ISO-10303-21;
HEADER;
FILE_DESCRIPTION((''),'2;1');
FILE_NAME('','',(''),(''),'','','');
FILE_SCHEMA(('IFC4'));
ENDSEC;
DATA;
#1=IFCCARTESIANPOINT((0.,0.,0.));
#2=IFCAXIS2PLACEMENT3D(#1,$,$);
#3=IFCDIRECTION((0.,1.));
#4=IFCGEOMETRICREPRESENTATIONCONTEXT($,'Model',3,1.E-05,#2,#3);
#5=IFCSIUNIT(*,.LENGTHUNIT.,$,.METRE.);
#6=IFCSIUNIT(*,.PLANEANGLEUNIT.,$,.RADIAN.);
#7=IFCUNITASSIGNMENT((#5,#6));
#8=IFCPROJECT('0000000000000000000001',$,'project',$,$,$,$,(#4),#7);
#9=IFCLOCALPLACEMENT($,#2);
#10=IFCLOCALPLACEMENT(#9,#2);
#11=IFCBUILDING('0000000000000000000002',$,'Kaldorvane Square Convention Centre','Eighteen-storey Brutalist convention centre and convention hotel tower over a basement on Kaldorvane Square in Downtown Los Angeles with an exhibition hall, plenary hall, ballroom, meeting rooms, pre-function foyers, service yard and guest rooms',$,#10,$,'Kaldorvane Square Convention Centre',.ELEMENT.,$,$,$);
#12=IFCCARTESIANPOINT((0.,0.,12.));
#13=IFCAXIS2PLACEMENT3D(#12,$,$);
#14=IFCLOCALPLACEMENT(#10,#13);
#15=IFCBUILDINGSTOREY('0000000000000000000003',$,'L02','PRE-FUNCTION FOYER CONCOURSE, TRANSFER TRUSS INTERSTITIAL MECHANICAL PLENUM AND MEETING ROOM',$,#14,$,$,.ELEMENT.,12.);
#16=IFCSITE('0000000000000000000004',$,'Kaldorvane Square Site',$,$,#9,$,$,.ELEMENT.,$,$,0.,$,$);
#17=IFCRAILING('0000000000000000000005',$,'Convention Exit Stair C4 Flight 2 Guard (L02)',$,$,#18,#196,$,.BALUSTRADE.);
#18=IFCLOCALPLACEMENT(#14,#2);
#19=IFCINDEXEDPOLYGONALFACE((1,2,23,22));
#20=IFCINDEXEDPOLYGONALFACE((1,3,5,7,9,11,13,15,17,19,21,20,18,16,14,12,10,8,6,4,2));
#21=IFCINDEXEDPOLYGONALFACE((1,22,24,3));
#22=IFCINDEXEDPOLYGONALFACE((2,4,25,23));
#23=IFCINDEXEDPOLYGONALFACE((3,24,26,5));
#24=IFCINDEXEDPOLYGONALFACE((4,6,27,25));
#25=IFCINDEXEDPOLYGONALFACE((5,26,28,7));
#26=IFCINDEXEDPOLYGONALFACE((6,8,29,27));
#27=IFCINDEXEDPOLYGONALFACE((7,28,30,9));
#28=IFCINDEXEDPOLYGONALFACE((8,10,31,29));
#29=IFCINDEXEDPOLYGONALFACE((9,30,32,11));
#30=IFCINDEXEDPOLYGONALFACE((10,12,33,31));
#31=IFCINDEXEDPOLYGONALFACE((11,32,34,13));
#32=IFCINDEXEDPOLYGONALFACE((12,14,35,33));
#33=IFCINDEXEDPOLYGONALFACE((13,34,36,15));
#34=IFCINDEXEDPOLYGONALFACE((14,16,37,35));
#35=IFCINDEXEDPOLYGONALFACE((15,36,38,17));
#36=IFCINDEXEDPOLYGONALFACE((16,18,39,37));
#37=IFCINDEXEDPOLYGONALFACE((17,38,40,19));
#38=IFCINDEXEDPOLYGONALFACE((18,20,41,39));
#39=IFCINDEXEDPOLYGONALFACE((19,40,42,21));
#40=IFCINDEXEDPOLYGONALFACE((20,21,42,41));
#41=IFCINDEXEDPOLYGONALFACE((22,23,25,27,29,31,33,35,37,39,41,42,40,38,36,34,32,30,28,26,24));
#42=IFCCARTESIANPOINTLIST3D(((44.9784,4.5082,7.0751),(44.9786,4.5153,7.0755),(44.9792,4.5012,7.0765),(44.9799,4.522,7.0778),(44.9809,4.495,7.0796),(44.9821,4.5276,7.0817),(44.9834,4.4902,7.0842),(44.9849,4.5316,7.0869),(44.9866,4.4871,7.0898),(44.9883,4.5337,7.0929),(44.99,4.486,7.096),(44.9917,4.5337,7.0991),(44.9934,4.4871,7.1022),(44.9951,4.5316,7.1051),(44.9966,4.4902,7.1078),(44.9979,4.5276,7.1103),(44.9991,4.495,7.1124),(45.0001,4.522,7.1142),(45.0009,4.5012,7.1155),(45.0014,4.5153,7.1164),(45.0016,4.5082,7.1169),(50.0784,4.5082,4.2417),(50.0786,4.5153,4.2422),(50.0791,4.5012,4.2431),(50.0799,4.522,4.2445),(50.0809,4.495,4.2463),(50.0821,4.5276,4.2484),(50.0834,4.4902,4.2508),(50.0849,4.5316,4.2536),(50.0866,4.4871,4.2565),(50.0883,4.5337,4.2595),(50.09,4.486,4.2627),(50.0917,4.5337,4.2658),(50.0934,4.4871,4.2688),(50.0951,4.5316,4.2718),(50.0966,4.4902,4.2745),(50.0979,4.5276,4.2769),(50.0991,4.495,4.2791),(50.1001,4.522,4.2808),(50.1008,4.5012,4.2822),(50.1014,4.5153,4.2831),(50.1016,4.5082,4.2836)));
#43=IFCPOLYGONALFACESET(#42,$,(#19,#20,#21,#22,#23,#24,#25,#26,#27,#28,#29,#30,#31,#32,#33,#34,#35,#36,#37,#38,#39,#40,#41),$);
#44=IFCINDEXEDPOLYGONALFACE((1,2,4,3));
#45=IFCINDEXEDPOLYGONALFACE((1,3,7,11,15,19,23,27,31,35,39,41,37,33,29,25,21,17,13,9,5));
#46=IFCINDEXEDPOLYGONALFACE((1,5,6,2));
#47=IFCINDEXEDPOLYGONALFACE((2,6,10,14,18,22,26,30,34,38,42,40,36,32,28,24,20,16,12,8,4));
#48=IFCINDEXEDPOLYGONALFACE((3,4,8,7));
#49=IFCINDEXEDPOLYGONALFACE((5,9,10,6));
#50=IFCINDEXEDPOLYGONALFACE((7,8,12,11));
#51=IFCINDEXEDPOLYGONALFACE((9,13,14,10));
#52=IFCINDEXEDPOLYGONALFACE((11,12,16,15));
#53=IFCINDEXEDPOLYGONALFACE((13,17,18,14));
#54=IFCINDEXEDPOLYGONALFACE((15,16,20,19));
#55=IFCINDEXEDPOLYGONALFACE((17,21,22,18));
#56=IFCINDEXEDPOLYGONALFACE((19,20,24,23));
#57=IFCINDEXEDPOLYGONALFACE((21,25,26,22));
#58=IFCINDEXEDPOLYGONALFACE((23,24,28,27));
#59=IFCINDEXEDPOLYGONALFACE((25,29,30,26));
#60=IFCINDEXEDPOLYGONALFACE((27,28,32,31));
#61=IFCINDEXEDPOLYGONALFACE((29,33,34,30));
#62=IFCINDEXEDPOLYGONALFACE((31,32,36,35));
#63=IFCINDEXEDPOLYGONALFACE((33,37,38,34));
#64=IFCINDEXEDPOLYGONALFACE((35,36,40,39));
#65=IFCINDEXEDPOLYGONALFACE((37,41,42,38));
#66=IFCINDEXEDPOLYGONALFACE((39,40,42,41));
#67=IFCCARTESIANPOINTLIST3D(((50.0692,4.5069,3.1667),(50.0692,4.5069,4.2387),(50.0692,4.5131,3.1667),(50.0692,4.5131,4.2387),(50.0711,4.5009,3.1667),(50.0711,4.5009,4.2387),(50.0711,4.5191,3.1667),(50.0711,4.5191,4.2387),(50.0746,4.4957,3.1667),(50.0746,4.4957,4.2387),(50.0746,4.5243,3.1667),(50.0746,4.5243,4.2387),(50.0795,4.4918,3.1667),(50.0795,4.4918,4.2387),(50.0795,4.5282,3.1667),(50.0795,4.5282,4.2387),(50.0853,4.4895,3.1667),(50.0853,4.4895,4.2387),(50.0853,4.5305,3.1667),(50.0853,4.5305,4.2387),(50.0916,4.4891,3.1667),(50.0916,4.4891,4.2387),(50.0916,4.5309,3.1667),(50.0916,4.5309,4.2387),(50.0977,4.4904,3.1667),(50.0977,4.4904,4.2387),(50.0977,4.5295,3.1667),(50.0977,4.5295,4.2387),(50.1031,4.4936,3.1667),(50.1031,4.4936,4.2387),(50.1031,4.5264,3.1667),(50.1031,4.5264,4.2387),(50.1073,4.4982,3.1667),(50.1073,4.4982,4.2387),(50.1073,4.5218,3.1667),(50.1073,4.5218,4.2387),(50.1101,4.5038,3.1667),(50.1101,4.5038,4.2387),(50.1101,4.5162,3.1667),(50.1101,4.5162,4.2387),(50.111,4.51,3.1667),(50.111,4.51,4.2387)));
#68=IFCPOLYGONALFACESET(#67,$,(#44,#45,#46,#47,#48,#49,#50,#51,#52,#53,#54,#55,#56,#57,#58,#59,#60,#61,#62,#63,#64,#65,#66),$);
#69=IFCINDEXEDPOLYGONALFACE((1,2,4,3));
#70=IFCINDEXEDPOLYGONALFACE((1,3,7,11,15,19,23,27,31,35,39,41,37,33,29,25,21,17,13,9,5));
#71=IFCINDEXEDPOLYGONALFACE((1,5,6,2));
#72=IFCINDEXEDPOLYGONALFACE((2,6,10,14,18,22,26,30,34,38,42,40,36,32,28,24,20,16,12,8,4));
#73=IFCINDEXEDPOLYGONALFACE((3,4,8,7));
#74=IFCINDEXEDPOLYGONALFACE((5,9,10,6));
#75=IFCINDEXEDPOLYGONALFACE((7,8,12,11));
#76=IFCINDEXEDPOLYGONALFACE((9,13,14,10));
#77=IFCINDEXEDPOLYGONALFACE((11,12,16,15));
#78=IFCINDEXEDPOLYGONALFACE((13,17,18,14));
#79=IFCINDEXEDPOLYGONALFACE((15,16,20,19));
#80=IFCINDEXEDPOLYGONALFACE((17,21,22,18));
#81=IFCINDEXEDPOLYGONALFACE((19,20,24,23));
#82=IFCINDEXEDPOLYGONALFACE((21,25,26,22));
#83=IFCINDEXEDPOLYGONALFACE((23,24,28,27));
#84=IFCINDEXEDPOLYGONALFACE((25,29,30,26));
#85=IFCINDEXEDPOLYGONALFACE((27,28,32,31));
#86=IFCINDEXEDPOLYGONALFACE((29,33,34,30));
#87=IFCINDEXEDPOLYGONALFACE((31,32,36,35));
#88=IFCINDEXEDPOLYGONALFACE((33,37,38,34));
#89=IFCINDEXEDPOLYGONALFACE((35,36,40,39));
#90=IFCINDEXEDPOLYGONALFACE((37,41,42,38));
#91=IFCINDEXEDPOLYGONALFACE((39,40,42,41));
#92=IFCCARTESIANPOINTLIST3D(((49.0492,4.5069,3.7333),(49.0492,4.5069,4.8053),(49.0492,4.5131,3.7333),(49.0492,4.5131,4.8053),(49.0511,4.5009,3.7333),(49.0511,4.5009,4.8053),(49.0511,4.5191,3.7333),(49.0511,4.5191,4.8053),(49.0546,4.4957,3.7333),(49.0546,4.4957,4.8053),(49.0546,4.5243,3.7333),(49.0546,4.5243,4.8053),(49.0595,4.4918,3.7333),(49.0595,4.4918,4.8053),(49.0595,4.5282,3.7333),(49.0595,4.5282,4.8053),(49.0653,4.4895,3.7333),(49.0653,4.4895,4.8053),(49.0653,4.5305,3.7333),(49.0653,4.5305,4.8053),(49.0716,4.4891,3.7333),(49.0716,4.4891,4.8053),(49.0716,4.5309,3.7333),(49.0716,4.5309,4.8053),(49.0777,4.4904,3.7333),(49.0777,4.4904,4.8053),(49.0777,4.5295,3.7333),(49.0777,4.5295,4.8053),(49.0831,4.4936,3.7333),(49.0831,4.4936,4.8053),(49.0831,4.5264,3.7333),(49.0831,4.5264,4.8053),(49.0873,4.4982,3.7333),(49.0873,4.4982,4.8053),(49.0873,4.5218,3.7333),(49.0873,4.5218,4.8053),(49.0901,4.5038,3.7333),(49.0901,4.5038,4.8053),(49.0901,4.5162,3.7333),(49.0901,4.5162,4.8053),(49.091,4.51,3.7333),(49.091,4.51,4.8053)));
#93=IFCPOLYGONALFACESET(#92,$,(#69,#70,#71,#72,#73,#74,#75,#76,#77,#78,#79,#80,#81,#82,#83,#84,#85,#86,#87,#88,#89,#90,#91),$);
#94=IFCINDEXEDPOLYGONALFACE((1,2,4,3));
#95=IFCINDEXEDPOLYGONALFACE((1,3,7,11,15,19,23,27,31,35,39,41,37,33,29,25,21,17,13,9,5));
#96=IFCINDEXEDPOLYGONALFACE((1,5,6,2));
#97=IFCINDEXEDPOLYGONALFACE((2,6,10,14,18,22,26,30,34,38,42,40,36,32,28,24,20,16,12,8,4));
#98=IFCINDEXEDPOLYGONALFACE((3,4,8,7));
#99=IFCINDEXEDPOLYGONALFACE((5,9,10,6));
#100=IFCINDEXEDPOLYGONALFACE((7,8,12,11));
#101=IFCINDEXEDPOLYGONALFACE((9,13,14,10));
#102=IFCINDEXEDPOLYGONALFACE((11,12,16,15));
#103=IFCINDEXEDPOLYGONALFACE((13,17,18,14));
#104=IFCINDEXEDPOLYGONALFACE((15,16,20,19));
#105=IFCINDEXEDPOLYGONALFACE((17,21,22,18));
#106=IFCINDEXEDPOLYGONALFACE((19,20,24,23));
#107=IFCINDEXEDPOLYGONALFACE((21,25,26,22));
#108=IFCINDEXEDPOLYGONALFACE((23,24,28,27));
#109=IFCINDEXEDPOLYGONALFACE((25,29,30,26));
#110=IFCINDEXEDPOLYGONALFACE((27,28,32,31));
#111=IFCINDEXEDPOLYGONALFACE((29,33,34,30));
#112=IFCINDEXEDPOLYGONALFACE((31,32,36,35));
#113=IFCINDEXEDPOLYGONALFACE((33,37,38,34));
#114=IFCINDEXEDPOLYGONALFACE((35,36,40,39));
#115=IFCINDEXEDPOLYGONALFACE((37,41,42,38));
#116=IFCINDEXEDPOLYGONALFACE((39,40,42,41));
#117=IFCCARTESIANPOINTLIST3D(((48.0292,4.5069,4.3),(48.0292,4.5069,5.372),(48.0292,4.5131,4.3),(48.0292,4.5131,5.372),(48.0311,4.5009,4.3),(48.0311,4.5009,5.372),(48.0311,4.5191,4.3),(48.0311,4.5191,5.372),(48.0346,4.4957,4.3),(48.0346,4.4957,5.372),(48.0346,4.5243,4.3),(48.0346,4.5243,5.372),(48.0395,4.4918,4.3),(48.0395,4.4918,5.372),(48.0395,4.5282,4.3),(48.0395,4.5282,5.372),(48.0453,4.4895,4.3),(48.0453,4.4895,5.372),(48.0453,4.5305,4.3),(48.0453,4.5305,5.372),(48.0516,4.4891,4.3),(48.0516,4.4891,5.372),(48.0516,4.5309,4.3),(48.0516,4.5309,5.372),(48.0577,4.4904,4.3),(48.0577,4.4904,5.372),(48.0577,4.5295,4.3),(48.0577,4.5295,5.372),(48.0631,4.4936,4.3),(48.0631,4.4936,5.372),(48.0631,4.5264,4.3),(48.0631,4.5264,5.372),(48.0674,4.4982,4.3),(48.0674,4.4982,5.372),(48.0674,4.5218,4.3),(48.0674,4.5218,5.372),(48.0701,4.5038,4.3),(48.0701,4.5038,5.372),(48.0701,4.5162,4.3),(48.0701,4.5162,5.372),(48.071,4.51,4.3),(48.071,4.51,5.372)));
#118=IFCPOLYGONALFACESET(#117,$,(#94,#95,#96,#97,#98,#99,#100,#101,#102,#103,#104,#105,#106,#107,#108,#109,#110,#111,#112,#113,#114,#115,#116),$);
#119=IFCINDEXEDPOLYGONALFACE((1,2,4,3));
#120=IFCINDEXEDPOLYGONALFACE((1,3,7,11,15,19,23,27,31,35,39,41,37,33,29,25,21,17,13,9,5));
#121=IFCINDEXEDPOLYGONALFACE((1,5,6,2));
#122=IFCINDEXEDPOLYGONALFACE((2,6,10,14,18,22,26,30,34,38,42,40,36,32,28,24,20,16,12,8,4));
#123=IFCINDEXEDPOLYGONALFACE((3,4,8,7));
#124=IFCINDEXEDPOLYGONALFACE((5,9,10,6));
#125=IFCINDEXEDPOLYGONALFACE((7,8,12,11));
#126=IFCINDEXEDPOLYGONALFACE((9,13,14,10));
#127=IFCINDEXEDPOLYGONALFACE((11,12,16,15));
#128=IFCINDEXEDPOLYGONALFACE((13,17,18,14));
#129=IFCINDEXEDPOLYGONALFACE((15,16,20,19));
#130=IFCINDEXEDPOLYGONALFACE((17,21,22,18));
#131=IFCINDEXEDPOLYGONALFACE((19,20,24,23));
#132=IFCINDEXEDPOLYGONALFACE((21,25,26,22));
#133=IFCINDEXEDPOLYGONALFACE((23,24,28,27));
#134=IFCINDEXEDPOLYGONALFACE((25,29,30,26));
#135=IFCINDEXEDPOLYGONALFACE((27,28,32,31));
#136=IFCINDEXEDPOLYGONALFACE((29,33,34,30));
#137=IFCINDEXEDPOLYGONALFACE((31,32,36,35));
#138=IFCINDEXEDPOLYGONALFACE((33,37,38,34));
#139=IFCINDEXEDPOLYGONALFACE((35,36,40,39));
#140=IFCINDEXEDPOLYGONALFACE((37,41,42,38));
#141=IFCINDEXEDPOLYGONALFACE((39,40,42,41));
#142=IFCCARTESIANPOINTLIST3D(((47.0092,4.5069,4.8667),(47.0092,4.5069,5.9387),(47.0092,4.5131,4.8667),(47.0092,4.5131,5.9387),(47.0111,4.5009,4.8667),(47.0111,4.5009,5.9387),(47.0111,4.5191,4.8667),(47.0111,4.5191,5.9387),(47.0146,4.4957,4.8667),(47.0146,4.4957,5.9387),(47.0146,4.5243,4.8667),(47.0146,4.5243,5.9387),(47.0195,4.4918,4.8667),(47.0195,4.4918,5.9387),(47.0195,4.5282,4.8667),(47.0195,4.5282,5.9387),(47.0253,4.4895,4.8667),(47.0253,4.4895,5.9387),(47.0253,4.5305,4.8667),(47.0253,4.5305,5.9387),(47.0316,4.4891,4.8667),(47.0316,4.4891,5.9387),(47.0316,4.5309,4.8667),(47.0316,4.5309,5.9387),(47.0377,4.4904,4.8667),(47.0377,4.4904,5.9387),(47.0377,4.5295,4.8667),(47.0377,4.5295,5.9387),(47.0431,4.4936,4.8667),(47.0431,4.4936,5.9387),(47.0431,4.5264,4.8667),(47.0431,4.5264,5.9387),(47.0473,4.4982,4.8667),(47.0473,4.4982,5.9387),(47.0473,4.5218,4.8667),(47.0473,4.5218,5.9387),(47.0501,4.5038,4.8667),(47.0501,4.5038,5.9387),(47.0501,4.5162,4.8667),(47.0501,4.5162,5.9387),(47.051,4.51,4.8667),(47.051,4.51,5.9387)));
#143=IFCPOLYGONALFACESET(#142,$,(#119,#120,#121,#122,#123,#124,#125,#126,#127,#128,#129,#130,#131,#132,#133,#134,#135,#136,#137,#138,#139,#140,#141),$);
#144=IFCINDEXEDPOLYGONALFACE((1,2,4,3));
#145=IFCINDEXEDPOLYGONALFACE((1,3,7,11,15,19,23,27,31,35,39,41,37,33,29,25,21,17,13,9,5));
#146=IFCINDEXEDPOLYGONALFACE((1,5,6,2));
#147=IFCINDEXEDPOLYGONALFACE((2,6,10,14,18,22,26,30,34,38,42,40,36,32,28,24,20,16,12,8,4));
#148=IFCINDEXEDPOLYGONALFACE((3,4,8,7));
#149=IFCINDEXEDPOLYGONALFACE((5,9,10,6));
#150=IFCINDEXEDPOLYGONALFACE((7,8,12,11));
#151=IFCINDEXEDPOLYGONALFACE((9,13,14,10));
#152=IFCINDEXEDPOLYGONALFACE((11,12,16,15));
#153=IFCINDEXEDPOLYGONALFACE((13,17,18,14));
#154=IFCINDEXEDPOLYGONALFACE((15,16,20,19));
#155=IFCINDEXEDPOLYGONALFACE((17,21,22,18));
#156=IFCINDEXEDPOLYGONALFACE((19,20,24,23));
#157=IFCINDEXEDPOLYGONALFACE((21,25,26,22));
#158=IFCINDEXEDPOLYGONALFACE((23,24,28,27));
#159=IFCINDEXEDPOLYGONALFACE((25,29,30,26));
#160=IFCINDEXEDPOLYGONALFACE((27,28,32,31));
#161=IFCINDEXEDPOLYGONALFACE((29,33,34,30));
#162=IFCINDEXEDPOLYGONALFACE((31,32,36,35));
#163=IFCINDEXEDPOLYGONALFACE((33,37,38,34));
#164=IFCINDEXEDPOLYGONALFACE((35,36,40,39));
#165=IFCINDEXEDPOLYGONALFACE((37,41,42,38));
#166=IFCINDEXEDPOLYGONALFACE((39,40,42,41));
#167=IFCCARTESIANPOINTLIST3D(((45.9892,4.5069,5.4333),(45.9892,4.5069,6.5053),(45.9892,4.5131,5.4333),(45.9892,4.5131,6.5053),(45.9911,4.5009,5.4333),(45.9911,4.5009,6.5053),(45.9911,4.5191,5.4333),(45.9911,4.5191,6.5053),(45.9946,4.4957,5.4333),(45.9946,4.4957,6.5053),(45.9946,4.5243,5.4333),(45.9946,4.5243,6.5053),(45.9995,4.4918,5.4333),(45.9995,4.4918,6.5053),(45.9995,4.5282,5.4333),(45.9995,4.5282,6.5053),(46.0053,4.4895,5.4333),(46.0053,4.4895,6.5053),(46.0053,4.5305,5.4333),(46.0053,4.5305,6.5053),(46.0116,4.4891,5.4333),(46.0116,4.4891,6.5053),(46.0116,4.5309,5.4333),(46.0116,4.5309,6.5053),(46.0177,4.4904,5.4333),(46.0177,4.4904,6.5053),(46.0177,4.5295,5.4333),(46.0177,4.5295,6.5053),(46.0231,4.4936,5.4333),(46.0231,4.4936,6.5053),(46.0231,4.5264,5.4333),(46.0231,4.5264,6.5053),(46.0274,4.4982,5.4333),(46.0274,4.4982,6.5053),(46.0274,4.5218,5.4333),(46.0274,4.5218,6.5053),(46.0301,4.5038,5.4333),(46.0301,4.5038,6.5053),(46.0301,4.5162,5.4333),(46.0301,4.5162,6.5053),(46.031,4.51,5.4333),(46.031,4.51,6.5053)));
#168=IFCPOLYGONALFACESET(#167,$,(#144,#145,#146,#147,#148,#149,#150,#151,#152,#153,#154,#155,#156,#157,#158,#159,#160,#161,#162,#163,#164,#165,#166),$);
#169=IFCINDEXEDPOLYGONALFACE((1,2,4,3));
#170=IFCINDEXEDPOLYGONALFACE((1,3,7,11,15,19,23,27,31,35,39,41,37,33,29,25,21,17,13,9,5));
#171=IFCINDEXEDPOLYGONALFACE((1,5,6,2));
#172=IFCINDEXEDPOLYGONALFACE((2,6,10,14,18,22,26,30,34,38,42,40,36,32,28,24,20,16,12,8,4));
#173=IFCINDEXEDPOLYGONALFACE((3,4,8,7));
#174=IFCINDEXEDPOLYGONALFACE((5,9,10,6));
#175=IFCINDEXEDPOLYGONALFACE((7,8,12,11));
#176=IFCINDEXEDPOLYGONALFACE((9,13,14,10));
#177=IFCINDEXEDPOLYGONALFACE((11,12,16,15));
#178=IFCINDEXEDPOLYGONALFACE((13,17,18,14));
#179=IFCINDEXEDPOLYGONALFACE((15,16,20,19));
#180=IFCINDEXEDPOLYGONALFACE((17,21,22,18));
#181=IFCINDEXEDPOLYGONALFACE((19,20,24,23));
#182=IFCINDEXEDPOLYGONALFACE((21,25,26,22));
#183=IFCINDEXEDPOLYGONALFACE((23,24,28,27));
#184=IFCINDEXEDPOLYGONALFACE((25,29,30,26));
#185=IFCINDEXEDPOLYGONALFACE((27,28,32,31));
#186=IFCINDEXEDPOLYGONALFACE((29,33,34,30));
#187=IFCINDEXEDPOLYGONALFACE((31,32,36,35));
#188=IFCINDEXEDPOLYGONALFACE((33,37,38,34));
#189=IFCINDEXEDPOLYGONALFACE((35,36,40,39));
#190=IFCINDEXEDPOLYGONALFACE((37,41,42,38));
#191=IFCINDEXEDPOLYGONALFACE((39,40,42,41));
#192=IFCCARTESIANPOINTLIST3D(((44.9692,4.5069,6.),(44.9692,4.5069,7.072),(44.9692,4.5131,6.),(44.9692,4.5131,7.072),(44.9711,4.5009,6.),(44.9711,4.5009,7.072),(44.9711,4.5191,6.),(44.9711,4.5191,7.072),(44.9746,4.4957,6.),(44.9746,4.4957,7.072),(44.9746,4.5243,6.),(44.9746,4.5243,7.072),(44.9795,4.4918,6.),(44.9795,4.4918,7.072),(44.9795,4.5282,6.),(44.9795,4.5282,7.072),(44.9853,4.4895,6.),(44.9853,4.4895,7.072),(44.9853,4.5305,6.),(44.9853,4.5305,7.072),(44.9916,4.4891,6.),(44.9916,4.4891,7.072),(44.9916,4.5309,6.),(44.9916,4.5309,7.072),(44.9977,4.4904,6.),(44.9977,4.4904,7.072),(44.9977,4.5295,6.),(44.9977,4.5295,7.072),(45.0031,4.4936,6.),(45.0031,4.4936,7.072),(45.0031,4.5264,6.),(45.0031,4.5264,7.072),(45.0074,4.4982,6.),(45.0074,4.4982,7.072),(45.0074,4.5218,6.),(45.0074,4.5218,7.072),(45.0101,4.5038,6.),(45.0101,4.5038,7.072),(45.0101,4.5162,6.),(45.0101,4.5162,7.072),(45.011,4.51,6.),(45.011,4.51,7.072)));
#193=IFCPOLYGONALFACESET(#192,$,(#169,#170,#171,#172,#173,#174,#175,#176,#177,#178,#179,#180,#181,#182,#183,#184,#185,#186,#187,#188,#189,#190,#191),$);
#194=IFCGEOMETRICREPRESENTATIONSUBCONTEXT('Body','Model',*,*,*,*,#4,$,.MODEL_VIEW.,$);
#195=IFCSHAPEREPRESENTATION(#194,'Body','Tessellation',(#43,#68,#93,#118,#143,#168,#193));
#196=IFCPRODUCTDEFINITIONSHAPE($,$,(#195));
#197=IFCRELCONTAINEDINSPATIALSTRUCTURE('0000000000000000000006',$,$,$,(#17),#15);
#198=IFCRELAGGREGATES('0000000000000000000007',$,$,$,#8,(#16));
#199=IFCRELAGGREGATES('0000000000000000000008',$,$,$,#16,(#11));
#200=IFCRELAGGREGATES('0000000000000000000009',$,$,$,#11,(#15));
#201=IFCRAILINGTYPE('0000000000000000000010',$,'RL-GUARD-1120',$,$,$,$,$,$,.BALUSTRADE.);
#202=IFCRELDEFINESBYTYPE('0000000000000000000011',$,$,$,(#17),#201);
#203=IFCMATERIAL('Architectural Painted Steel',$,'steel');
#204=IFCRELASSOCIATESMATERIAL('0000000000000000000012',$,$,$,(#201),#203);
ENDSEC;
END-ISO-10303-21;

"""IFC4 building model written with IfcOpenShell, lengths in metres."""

from ifc_helpers import new_model, si_unit, direction, frame, origin, origin_2d, place, context, subcontext, project, spatial, circle, extrude, material, type_object, element, save


model = new_model("IFC4")

# Units and contexts
model_context = context("Model", 3, precision=1e-05, world=origin(), true_north=direction((0.0, 1.0)))
body_context = subcontext(model_context, "Body", "Model", "MODEL_VIEW")
ifc_project = project(units=[si_unit("LENGTHUNIT", "METRE"), si_unit("PLANEANGLEUNIT", "RADIAN")], contexts=[model_context])

# Site, building, storey
site_placement = place(None, origin())
site = spatial("IfcSite", under=ifc_project, at=site_placement, Name="Kaldorvane Square Site", CompositionType="ELEMENT", RefElevation=0.0)
building_placement = place(site_placement, origin())
building = spatial("IfcBuilding", under=site, at=building_placement, Name="Kaldorvane Square Convention Centre", Description="Eighteen-storey Brutalist convention centre and convention hotel tower over a basement on Kaldorvane Square in Downtown Los Angeles with an exhibition hall, plenary hall, ballroom, meeting rooms, pre-function foyers, service yard and guest rooms", LongName="Kaldorvane Square Convention Centre", CompositionType="ELEMENT")
storey_placement = place(building_placement, frame((0.0, 0.0, 12.0)))
storey = spatial("IfcBuildingStorey", under=building, at=storey_placement, Name="L02", Description="PRE-FUNCTION FOYER CONCOURSE, TRANSFER TRUSS INTERSTITIAL MECHANICAL PLENUM AND MEETING ROOM", CompositionType="ELEMENT", Elevation=12.0)

# Railing
ifc_material_1 = material(Name="Architectural Painted Steel", Category="steel")
railing_type_1 = type_object("IfcRailingType", Name="RL-GUARD-1120", PredefinedType="BALUSTRADE", material=ifc_material_1)
railing_1_placement = place(storey_placement, frame((50.09, 4.51, 3.1667)))
element("IfcRailing", 1, at=railing_1_placement, inside=storey, type_object=railing_type_1, Name="Convention Exit Stair C4 Flight 2 Guard (L02)", PredefinedType="BALUSTRADE", context=body_context, shape_type="SweptSolid", body=[
    extrude(circle(Radius=0.024, at=origin_2d()), frame((0.0, 0.0, 1.096), z_axis=(-0.874157, 0.0, 0.485643), x_axis=(0.0, -1.0, 0.0)), (0.0, 0.0, 1.0), 5.8342),
    extrude(circle(Radius=0.021, at=origin_2d()), origin(), (0.0, 0.0, 1.0), 1.072),
    extrude(circle(Radius=0.021, at=origin_2d()), frame((-1.02, 0.0, 0.5667)), (0.0, 0.0, 1.0), 1.072),
    extrude(circle(Radius=0.021, at=origin_2d()), frame((-2.04, 0.0, 1.1333)), (0.0, 0.0, 1.0), 1.072),
    extrude(circle(Radius=0.021, at=origin_2d()), frame((-3.06, 0.0, 1.7)), (0.0, 0.0, 1.0), 1.072),
    extrude(circle(Radius=0.021, at=origin_2d()), frame((-4.08, 0.0, 2.2667)), (0.0, 0.0, 1.0), 1.072),
    extrude(circle(Radius=0.021, at=origin_2d()), frame((-5.1, 0.0, 2.8333)), (0.0, 0.0, 1.0), 1.072),
])

save(model, "model.ifc")
